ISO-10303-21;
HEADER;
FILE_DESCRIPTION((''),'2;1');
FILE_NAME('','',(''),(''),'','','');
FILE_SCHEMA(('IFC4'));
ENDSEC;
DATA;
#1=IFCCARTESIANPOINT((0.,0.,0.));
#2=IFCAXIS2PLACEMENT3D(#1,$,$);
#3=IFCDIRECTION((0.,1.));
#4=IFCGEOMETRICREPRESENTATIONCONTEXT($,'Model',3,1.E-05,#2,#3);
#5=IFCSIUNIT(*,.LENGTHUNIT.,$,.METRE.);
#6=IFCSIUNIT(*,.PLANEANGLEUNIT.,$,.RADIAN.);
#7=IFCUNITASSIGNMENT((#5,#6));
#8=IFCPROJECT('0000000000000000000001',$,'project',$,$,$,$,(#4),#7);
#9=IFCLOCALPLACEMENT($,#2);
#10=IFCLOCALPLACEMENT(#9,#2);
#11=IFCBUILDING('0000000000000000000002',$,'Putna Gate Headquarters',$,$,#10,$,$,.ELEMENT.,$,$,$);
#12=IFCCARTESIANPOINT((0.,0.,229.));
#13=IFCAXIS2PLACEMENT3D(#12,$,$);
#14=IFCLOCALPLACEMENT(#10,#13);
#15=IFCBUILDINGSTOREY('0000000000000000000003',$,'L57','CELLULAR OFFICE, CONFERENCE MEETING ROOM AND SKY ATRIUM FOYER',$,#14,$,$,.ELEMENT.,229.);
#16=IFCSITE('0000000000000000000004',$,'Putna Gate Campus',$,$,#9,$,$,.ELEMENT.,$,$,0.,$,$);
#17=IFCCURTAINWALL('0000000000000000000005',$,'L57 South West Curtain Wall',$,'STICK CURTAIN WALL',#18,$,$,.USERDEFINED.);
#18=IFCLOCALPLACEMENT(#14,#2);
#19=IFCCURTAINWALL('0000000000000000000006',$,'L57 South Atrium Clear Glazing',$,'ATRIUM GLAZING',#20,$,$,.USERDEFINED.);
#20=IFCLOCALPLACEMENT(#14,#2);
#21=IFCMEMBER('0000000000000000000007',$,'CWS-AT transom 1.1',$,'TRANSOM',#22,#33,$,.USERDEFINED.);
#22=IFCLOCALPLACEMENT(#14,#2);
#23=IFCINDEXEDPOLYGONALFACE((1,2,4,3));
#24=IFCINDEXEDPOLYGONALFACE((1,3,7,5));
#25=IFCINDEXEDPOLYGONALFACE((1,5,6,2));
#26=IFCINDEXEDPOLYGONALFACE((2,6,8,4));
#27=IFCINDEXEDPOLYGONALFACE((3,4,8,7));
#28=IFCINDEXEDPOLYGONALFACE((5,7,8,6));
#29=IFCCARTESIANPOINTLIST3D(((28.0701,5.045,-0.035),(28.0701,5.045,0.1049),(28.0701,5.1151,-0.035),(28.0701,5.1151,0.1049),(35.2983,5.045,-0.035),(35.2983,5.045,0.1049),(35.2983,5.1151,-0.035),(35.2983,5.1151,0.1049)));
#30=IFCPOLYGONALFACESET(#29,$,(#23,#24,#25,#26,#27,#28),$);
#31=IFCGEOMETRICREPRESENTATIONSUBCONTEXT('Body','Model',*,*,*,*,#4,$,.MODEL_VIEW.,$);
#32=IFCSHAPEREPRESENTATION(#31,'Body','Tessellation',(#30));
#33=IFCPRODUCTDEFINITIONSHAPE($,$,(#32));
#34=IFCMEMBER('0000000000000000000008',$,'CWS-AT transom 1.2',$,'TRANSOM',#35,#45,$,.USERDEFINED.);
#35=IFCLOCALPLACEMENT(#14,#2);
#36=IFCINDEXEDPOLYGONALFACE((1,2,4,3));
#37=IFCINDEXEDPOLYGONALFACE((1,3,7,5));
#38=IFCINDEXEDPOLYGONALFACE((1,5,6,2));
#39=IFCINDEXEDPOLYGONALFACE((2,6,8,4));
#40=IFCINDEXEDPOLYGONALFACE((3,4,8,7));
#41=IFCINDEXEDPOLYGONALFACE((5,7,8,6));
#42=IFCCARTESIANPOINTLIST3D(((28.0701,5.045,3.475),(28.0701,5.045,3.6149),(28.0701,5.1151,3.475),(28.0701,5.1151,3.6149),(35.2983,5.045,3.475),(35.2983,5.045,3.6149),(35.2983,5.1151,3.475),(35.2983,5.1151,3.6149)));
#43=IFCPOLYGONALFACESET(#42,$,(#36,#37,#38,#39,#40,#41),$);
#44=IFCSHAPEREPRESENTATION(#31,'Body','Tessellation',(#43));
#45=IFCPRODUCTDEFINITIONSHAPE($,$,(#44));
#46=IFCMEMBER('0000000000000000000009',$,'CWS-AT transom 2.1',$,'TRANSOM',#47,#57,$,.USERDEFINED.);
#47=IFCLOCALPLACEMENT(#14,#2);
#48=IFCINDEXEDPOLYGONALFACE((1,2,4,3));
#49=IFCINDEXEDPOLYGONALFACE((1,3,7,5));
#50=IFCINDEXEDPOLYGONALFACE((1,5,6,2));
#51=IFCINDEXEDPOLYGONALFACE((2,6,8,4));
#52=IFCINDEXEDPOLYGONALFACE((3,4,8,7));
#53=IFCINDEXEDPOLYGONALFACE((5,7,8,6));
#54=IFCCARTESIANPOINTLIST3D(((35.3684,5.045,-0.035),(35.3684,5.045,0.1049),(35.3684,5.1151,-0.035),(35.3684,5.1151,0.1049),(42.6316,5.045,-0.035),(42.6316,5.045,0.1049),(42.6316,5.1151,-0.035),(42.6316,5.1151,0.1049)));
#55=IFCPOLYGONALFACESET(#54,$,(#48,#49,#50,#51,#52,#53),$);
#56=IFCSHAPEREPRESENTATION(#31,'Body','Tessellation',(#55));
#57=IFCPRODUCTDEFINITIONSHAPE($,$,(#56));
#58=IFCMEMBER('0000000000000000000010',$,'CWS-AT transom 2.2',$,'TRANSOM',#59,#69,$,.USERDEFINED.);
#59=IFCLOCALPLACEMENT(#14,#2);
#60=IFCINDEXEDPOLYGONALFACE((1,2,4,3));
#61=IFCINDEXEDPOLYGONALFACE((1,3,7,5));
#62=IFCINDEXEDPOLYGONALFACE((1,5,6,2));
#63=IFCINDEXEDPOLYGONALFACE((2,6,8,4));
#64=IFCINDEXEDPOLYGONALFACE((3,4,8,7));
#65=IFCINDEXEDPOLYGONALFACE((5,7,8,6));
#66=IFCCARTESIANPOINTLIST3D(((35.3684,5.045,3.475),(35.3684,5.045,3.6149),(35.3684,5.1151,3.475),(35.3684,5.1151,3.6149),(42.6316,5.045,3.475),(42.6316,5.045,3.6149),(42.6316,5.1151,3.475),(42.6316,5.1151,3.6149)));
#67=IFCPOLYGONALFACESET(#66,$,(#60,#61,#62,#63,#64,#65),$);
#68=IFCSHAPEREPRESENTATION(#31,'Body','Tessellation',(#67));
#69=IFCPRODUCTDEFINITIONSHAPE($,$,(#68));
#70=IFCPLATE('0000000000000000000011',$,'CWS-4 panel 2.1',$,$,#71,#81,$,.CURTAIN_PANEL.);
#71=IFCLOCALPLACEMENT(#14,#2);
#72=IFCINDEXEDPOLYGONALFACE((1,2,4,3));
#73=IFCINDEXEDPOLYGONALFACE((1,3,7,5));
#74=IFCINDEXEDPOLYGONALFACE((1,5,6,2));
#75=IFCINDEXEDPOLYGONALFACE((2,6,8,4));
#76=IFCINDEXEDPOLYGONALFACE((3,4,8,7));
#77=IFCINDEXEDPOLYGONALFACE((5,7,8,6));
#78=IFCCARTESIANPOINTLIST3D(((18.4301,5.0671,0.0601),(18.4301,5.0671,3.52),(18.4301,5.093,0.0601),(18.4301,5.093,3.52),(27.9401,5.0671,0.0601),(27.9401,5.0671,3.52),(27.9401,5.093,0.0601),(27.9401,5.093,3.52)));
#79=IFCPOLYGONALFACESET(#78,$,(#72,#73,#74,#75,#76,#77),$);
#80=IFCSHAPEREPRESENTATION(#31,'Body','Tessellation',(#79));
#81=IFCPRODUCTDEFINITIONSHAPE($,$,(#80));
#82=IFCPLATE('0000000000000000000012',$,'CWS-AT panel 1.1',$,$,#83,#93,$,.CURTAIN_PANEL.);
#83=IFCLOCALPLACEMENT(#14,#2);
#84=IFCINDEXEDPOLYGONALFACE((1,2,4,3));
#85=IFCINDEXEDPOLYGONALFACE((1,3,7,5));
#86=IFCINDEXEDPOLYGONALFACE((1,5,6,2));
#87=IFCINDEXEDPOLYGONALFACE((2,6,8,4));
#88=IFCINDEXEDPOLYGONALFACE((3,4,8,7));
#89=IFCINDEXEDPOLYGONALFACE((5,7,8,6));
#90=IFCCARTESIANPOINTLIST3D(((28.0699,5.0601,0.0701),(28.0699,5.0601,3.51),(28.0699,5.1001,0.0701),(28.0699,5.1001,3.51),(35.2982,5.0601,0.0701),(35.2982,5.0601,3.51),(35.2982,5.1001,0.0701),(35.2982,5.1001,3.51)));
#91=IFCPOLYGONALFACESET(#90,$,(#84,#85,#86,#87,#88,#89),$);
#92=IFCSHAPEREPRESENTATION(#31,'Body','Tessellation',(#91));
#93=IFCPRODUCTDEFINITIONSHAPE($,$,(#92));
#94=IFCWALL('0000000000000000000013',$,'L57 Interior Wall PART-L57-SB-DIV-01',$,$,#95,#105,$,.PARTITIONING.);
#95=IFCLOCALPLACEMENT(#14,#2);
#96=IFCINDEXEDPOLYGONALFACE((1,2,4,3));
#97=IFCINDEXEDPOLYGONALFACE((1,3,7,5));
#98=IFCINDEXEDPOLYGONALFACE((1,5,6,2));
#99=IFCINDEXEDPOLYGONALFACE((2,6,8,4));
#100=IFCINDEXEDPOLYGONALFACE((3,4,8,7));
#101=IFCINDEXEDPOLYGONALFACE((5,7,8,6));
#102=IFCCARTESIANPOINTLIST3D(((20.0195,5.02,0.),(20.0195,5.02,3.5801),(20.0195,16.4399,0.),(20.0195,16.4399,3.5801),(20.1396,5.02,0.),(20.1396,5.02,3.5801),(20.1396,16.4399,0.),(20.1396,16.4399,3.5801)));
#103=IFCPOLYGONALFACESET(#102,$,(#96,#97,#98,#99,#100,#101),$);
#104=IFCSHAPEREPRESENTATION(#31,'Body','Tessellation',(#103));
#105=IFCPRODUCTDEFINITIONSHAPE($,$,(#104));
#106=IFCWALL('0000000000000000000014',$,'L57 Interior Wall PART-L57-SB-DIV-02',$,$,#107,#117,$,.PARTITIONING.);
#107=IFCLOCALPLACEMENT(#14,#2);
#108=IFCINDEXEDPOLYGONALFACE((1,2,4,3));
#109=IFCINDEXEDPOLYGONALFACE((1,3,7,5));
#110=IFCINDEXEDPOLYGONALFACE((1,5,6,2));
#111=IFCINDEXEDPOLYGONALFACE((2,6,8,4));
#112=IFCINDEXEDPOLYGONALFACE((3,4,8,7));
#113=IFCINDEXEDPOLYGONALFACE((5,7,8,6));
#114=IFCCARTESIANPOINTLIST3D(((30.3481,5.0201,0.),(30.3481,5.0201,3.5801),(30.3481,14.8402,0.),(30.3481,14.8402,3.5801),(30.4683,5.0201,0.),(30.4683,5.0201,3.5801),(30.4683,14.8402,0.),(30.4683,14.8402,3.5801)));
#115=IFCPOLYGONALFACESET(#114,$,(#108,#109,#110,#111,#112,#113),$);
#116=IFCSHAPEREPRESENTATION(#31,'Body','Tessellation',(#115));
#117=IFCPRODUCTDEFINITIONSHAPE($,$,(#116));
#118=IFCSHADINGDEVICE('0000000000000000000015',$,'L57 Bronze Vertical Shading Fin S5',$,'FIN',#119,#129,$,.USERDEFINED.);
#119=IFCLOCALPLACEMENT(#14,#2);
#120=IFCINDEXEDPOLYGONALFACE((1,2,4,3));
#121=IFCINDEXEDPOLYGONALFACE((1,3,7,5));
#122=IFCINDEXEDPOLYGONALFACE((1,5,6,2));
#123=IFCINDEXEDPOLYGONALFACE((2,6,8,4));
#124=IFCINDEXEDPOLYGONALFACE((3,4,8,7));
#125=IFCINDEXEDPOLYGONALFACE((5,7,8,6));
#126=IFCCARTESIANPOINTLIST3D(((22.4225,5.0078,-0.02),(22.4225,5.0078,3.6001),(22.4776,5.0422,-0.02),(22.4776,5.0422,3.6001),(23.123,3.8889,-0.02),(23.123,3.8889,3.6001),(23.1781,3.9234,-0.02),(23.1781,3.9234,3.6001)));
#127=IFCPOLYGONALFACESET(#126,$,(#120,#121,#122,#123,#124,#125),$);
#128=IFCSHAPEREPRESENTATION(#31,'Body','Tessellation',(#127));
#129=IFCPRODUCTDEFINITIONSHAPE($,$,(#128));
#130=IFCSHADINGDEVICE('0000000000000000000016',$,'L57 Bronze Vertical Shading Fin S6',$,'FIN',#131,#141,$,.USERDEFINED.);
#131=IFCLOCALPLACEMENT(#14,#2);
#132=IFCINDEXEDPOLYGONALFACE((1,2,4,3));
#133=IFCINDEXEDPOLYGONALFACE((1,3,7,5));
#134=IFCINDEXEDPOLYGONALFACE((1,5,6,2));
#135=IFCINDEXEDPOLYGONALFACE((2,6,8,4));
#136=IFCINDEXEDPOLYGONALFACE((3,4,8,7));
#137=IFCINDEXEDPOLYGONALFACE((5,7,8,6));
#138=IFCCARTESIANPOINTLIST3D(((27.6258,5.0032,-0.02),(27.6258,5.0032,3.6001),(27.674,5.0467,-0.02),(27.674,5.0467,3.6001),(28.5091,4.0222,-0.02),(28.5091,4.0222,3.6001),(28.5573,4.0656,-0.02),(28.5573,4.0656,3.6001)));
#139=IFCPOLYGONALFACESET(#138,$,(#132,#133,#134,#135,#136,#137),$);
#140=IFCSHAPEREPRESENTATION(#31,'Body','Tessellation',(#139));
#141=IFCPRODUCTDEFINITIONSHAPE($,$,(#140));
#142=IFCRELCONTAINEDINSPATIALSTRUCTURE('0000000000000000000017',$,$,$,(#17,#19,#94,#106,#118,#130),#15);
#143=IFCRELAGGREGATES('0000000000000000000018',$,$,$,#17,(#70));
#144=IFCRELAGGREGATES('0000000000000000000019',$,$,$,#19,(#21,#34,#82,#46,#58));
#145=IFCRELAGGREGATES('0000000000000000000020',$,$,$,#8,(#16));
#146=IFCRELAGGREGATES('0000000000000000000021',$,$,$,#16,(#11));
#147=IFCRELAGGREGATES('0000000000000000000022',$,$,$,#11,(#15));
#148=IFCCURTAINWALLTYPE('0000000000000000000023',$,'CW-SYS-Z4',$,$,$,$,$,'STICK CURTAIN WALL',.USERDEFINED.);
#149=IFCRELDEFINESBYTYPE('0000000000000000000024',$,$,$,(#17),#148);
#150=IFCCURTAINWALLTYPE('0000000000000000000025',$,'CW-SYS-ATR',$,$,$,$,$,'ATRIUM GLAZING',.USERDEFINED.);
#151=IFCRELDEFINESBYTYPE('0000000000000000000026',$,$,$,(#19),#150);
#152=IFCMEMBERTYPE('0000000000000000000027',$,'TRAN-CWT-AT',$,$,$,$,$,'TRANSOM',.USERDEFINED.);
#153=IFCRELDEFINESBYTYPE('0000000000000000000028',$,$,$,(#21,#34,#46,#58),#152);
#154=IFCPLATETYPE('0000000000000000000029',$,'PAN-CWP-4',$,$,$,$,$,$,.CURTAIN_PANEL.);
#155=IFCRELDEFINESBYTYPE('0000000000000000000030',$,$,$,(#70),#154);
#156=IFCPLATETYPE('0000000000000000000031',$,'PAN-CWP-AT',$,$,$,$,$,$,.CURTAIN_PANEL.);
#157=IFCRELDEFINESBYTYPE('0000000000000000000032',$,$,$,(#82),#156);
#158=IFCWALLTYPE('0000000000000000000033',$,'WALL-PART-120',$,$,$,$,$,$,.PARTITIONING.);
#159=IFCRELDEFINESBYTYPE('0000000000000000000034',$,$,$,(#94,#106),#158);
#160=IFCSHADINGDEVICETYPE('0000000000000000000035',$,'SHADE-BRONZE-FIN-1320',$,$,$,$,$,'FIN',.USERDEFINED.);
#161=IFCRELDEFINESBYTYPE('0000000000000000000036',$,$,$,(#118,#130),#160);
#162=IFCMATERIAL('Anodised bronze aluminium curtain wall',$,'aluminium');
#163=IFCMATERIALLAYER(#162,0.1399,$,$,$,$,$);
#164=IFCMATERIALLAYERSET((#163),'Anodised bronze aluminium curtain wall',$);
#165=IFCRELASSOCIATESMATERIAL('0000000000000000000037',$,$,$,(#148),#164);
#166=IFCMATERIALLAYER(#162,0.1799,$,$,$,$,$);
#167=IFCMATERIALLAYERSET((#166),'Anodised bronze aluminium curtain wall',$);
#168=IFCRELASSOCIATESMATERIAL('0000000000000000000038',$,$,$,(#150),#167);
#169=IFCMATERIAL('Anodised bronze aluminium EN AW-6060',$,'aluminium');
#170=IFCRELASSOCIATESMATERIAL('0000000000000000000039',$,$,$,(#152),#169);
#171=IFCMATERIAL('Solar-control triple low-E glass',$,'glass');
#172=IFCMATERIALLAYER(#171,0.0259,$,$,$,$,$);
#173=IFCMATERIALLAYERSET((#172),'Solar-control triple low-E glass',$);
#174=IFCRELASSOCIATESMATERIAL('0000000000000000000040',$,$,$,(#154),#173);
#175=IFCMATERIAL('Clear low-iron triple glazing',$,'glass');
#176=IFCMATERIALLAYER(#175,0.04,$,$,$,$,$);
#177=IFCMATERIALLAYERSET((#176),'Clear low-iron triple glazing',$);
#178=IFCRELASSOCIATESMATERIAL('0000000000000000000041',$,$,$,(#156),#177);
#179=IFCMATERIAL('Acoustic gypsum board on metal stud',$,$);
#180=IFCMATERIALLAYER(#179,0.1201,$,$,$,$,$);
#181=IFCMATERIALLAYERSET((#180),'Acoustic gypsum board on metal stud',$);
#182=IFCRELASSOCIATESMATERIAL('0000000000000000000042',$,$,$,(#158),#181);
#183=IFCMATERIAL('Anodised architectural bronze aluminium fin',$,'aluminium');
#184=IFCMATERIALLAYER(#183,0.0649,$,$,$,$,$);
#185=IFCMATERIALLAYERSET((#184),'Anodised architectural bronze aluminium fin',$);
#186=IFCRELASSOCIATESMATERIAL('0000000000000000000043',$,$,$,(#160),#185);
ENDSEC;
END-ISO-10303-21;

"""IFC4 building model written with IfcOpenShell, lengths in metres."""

from ifc_helpers import new_model, si_unit, direction, frame, frame_2d, origin, origin_2d, place, context, subcontext, project, spatial, rectangle, extrude, material, layer, layer_set, material_profile, profile_set, type_object, element, aggregate, save


model = new_model("IFC4")

# Units and contexts
model_context = context("Model", 3, precision=1e-05, world=origin(), true_north=direction((0.0, 1.0)))
body_context = subcontext(model_context, "Body", "Model", "MODEL_VIEW")
ifc_project = project(units=[si_unit("LENGTHUNIT", "METRE"), si_unit("PLANEANGLEUNIT", "RADIAN")], contexts=[model_context])

# Site, building, storey
site_placement = place(None, origin())
site = spatial("IfcSite", under=ifc_project, at=site_placement, Name="Putna Gate Campus", CompositionType="ELEMENT", RefElevation=0.0)
building_placement = place(site_placement, origin())
building = spatial("IfcBuilding", under=site, at=building_placement, Name="Putna Gate Headquarters", CompositionType="ELEMENT")
storey_placement = place(building_placement, frame((0.0, 0.0, 229.0)))
storey = spatial("IfcBuildingStorey", under=building, at=storey_placement, Name="L57", Description="CELLULAR OFFICE, CONFERENCE MEETING ROOM AND SKY ATRIUM FOYER", CompositionType="ELEMENT", Elevation=229.0)

# Curtain walls
ifc_material_1 = material(Name="Anodised bronze aluminium curtain wall", Category="aluminium")
ifc_layer_1 = layer(ifc_material_1, 0.1399)
ifc_layer_set_1 = layer_set([ifc_layer_1], Name="Anodised bronze aluminium curtain wall")
curtain_wall_type_1 = type_object("IfcCurtainWallType", Name="CW-SYS-Z4", ElementType="STICK CURTAIN WALL", PredefinedType="USERDEFINED", material=ifc_layer_set_1)
curtain_wall_1_placement = place(storey_placement, origin())
curtain_wall_1 = element("IfcCurtainWall", 1, at=curtain_wall_1_placement, inside=storey, type_object=curtain_wall_type_1, Name="L57 South West Curtain Wall", ObjectType="STICK CURTAIN WALL", PredefinedType="USERDEFINED")
ifc_material_2 = material(Name="Anodised bronze aluminium EN AW-6060", Category="aluminium")
ifc_layer_2 = layer(ifc_material_1, 0.1799)
ifc_layer_set_2 = layer_set([ifc_layer_2], Name="Anodised bronze aluminium curtain wall")
curtain_wall_type_2 = type_object("IfcCurtainWallType", Name="CW-SYS-ATR", ElementType="ATRIUM GLAZING", PredefinedType="USERDEFINED", material=ifc_layer_set_2)
curtain_wall_2_placement = place(storey_placement, origin())
curtain_wall_2 = element("IfcCurtainWall", 2, at=curtain_wall_2_placement, inside=storey, type_object=curtain_wall_type_2, Name="L57 South Atrium Clear Glazing", ObjectType="ATRIUM GLAZING", PredefinedType="USERDEFINED")

# Members
ifc_material_profile_1 = material_profile(ifc_material_2, rectangle(XDim=0.0701, YDim=0.1399, at=origin_2d()), Name="Anodised bronze aluminium EN AW-6060")
ifc_profile_set_1 = profile_set([ifc_material_profile_1], Name="Anodised bronze aluminium EN AW-6060")
member_type_1 = type_object("IfcMemberType", Name="TRAN-CWT-AT", ElementType="TRANSOM", PredefinedType="USERDEFINED", material=ifc_profile_set_1)
member_1_placement = place(storey_placement, frame((28.0701, 5.0801, 0.0349), z_axis=(1.0, 0.0, 0.0), x_axis=(0.0, 1.0, 0.0)))
member_1 = element("IfcMember", 3, at=member_1_placement, type_object=member_type_1, Name="CWS-AT transom 1.1", ObjectType="TRANSOM", PredefinedType="USERDEFINED", context=body_context, shape_type="SweptSolid", body=[
    extrude(rectangle(XDim=0.0701, YDim=0.1399, at=origin_2d()), origin(), (0.0, 0.0, 1.0), 7.2283),
])
member_2_placement = place(storey_placement, frame((28.0701, 5.0801, 3.5449), z_axis=(1.0, 0.0, 0.0), x_axis=(0.0, 1.0, 0.0)))
member_2 = element("IfcMember", 4, at=member_2_placement, type_object=member_type_1, Name="CWS-AT transom 1.2", ObjectType="TRANSOM", PredefinedType="USERDEFINED", context=body_context, shape_type="SweptSolid", body=[
    extrude(rectangle(XDim=0.0701, YDim=0.1399, at=origin_2d()), origin(), (0.0, 0.0, 1.0), 7.2283),
])
member_3_placement = place(storey_placement, frame((35.3684, 5.0801, 0.0349), z_axis=(1.0, 0.0, 0.0), x_axis=(0.0, 1.0, 0.0)))
member_3 = element("IfcMember", 5, at=member_3_placement, type_object=member_type_1, Name="CWS-AT transom 2.1", ObjectType="TRANSOM", PredefinedType="USERDEFINED", context=body_context, shape_type="SweptSolid", body=[
    extrude(rectangle(XDim=0.0701, YDim=0.1399, at=origin_2d()), origin(), (0.0, 0.0, 1.0), 7.2632),
])
member_4_placement = place(storey_placement, frame((35.3684, 5.0801, 3.5449), z_axis=(1.0, 0.0, 0.0), x_axis=(0.0, 1.0, 0.0)))
member_4 = element("IfcMember", 6, at=member_4_placement, type_object=member_type_1, Name="CWS-AT transom 2.2", ObjectType="TRANSOM", PredefinedType="USERDEFINED", context=body_context, shape_type="SweptSolid", body=[
    extrude(rectangle(XDim=0.0701, YDim=0.1399, at=origin_2d()), origin(), (0.0, 0.0, 1.0), 7.2632),
])

# Plates
ifc_material_3 = material(Name="Solar-control triple low-E glass", Category="glass")
ifc_layer_3 = layer(ifc_material_3, 0.0259)
ifc_layer_set_3 = layer_set([ifc_layer_3], Name="Solar-control triple low-E glass")
plate_type_1 = type_object("IfcPlateType", Name="PAN-CWP-4", PredefinedType="CURTAIN_PANEL", material=ifc_layer_set_3)
plate_1_placement = place(storey_placement, frame((23.1851, 5.0801, 0.0601), z_axis=(0.0, 0.0, 1.0), x_axis=(1.0, 0.0, 0.0)))
plate_1 = element("IfcPlate", 7, at=plate_1_placement, type_object=plate_type_1, Name="CWS-4 panel 2.1", PredefinedType="CURTAIN_PANEL", context=body_context, shape_type="SweptSolid", body=[
    extrude(rectangle(XDim=9.51, YDim=0.0259, at=origin_2d()), origin(), (0.0, 0.0, 1.0), 3.46),
])
aggregate(curtain_wall_1, [plate_1])
ifc_material_4 = material(Name="Clear low-iron triple glazing", Category="glass")
ifc_layer_4 = layer(ifc_material_4, 0.04)
ifc_layer_set_4 = layer_set([ifc_layer_4], Name="Clear low-iron triple glazing")
plate_type_2 = type_object("IfcPlateType", Name="PAN-CWP-AT", PredefinedType="CURTAIN_PANEL", material=ifc_layer_set_4)
plate_2_placement = place(storey_placement, frame((31.6841, 5.0801, 0.0701), z_axis=(0.0, 0.0, 1.0), x_axis=(1.0, 0.0, 0.0)))
plate_2 = element("IfcPlate", 8, at=plate_2_placement, type_object=plate_type_2, Name="CWS-AT panel 1.1", PredefinedType="CURTAIN_PANEL", context=body_context, shape_type="SweptSolid", body=[
    extrude(rectangle(XDim=7.2283, YDim=0.04, at=origin_2d()), origin(), (0.0, 0.0, 1.0), 3.4399),
])
aggregate(curtain_wall_2, [member_1, member_2, plate_2, member_3, member_4])

# Walls
ifc_material_5 = material(Name="Acoustic gypsum board on metal stud")
ifc_layer_5 = layer(ifc_material_5, 0.1201)
ifc_layer_set_5 = layer_set([ifc_layer_5], Name="Acoustic gypsum board on metal stud")
wall_type = type_object("IfcWallType", Name="WALL-PART-120", PredefinedType="PARTITIONING", material=ifc_layer_set_5)
wall_1_placement = place(storey_placement, frame((20.0796, 5.02, 0.0), z_axis=(0.0, 0.0, 1.0), x_axis=(0.0, 1.0, 0.0)))
element("IfcWall", 9, at=wall_1_placement, inside=storey, type_object=wall_type, Name="L57 Interior Wall PART-L57-SB-DIV-01", PredefinedType="PARTITIONING", context=body_context, shape_type="SweptSolid", body=[
    extrude(rectangle(XDim=11.4199, YDim=0.1201, at=frame_2d((5.71, 0.0))), origin(), (0.0, 0.0, 1.0), 3.5801),
])
wall_2_placement = place(storey_placement, frame((30.4082, 5.02, 0.0), z_axis=(0.0, 0.0, 1.0), x_axis=(0.0, 1.0, 0.0)))
element("IfcWall", 10, at=wall_2_placement, inside=storey, type_object=wall_type, Name="L57 Interior Wall PART-L57-SB-DIV-02", PredefinedType="PARTITIONING", context=body_context, shape_type="SweptSolid", body=[
    extrude(rectangle(XDim=9.8201, YDim=0.1201, at=frame_2d((4.9102, 0.0))), origin(), (0.0, 0.0, 1.0), 3.5801),
])

# Shading devices
ifc_material_6 = material(Name="Anodised architectural bronze aluminium fin", Category="aluminium")
ifc_layer_6 = layer(ifc_material_6, 0.0649)
ifc_layer_set_6 = layer_set([ifc_layer_6], Name="Anodised architectural bronze aluminium fin")
shading_device_type = type_object("IfcShadingDeviceType", Name="SHADE-BRONZE-FIN-1320", ElementType="FIN", PredefinedType="USERDEFINED", material=ifc_layer_set_6)
for number, where, z_axis, x_axis, name in (
    (11, (22.8003, 4.4656, -0.02), (0.0, 0.0, 1.0), (0.530659, -0.847585, 0.0), "L57 Bronze Vertical Shading Fin S5"),
    (12, (28.0916, 4.5344, -0.02), (0.0, 0.0, 1.0), (0.669131, -0.743145, 0.0), "L57 Bronze Vertical Shading Fin S6"),
):
    element("IfcShadingDevice", number, at=place(storey_placement, frame(where, z_axis=z_axis, x_axis=x_axis)), inside=storey, type_object=shading_device_type, Name=name, ObjectType="FIN", PredefinedType="USERDEFINED", context=body_context, shape_type="SweptSolid", body=[
        extrude(rectangle(XDim=1.3201, YDim=0.0649, at=origin_2d()), origin(), (0.0, 0.0, 1.0), 3.6201),
    ])

save(model, "model.ifc")
